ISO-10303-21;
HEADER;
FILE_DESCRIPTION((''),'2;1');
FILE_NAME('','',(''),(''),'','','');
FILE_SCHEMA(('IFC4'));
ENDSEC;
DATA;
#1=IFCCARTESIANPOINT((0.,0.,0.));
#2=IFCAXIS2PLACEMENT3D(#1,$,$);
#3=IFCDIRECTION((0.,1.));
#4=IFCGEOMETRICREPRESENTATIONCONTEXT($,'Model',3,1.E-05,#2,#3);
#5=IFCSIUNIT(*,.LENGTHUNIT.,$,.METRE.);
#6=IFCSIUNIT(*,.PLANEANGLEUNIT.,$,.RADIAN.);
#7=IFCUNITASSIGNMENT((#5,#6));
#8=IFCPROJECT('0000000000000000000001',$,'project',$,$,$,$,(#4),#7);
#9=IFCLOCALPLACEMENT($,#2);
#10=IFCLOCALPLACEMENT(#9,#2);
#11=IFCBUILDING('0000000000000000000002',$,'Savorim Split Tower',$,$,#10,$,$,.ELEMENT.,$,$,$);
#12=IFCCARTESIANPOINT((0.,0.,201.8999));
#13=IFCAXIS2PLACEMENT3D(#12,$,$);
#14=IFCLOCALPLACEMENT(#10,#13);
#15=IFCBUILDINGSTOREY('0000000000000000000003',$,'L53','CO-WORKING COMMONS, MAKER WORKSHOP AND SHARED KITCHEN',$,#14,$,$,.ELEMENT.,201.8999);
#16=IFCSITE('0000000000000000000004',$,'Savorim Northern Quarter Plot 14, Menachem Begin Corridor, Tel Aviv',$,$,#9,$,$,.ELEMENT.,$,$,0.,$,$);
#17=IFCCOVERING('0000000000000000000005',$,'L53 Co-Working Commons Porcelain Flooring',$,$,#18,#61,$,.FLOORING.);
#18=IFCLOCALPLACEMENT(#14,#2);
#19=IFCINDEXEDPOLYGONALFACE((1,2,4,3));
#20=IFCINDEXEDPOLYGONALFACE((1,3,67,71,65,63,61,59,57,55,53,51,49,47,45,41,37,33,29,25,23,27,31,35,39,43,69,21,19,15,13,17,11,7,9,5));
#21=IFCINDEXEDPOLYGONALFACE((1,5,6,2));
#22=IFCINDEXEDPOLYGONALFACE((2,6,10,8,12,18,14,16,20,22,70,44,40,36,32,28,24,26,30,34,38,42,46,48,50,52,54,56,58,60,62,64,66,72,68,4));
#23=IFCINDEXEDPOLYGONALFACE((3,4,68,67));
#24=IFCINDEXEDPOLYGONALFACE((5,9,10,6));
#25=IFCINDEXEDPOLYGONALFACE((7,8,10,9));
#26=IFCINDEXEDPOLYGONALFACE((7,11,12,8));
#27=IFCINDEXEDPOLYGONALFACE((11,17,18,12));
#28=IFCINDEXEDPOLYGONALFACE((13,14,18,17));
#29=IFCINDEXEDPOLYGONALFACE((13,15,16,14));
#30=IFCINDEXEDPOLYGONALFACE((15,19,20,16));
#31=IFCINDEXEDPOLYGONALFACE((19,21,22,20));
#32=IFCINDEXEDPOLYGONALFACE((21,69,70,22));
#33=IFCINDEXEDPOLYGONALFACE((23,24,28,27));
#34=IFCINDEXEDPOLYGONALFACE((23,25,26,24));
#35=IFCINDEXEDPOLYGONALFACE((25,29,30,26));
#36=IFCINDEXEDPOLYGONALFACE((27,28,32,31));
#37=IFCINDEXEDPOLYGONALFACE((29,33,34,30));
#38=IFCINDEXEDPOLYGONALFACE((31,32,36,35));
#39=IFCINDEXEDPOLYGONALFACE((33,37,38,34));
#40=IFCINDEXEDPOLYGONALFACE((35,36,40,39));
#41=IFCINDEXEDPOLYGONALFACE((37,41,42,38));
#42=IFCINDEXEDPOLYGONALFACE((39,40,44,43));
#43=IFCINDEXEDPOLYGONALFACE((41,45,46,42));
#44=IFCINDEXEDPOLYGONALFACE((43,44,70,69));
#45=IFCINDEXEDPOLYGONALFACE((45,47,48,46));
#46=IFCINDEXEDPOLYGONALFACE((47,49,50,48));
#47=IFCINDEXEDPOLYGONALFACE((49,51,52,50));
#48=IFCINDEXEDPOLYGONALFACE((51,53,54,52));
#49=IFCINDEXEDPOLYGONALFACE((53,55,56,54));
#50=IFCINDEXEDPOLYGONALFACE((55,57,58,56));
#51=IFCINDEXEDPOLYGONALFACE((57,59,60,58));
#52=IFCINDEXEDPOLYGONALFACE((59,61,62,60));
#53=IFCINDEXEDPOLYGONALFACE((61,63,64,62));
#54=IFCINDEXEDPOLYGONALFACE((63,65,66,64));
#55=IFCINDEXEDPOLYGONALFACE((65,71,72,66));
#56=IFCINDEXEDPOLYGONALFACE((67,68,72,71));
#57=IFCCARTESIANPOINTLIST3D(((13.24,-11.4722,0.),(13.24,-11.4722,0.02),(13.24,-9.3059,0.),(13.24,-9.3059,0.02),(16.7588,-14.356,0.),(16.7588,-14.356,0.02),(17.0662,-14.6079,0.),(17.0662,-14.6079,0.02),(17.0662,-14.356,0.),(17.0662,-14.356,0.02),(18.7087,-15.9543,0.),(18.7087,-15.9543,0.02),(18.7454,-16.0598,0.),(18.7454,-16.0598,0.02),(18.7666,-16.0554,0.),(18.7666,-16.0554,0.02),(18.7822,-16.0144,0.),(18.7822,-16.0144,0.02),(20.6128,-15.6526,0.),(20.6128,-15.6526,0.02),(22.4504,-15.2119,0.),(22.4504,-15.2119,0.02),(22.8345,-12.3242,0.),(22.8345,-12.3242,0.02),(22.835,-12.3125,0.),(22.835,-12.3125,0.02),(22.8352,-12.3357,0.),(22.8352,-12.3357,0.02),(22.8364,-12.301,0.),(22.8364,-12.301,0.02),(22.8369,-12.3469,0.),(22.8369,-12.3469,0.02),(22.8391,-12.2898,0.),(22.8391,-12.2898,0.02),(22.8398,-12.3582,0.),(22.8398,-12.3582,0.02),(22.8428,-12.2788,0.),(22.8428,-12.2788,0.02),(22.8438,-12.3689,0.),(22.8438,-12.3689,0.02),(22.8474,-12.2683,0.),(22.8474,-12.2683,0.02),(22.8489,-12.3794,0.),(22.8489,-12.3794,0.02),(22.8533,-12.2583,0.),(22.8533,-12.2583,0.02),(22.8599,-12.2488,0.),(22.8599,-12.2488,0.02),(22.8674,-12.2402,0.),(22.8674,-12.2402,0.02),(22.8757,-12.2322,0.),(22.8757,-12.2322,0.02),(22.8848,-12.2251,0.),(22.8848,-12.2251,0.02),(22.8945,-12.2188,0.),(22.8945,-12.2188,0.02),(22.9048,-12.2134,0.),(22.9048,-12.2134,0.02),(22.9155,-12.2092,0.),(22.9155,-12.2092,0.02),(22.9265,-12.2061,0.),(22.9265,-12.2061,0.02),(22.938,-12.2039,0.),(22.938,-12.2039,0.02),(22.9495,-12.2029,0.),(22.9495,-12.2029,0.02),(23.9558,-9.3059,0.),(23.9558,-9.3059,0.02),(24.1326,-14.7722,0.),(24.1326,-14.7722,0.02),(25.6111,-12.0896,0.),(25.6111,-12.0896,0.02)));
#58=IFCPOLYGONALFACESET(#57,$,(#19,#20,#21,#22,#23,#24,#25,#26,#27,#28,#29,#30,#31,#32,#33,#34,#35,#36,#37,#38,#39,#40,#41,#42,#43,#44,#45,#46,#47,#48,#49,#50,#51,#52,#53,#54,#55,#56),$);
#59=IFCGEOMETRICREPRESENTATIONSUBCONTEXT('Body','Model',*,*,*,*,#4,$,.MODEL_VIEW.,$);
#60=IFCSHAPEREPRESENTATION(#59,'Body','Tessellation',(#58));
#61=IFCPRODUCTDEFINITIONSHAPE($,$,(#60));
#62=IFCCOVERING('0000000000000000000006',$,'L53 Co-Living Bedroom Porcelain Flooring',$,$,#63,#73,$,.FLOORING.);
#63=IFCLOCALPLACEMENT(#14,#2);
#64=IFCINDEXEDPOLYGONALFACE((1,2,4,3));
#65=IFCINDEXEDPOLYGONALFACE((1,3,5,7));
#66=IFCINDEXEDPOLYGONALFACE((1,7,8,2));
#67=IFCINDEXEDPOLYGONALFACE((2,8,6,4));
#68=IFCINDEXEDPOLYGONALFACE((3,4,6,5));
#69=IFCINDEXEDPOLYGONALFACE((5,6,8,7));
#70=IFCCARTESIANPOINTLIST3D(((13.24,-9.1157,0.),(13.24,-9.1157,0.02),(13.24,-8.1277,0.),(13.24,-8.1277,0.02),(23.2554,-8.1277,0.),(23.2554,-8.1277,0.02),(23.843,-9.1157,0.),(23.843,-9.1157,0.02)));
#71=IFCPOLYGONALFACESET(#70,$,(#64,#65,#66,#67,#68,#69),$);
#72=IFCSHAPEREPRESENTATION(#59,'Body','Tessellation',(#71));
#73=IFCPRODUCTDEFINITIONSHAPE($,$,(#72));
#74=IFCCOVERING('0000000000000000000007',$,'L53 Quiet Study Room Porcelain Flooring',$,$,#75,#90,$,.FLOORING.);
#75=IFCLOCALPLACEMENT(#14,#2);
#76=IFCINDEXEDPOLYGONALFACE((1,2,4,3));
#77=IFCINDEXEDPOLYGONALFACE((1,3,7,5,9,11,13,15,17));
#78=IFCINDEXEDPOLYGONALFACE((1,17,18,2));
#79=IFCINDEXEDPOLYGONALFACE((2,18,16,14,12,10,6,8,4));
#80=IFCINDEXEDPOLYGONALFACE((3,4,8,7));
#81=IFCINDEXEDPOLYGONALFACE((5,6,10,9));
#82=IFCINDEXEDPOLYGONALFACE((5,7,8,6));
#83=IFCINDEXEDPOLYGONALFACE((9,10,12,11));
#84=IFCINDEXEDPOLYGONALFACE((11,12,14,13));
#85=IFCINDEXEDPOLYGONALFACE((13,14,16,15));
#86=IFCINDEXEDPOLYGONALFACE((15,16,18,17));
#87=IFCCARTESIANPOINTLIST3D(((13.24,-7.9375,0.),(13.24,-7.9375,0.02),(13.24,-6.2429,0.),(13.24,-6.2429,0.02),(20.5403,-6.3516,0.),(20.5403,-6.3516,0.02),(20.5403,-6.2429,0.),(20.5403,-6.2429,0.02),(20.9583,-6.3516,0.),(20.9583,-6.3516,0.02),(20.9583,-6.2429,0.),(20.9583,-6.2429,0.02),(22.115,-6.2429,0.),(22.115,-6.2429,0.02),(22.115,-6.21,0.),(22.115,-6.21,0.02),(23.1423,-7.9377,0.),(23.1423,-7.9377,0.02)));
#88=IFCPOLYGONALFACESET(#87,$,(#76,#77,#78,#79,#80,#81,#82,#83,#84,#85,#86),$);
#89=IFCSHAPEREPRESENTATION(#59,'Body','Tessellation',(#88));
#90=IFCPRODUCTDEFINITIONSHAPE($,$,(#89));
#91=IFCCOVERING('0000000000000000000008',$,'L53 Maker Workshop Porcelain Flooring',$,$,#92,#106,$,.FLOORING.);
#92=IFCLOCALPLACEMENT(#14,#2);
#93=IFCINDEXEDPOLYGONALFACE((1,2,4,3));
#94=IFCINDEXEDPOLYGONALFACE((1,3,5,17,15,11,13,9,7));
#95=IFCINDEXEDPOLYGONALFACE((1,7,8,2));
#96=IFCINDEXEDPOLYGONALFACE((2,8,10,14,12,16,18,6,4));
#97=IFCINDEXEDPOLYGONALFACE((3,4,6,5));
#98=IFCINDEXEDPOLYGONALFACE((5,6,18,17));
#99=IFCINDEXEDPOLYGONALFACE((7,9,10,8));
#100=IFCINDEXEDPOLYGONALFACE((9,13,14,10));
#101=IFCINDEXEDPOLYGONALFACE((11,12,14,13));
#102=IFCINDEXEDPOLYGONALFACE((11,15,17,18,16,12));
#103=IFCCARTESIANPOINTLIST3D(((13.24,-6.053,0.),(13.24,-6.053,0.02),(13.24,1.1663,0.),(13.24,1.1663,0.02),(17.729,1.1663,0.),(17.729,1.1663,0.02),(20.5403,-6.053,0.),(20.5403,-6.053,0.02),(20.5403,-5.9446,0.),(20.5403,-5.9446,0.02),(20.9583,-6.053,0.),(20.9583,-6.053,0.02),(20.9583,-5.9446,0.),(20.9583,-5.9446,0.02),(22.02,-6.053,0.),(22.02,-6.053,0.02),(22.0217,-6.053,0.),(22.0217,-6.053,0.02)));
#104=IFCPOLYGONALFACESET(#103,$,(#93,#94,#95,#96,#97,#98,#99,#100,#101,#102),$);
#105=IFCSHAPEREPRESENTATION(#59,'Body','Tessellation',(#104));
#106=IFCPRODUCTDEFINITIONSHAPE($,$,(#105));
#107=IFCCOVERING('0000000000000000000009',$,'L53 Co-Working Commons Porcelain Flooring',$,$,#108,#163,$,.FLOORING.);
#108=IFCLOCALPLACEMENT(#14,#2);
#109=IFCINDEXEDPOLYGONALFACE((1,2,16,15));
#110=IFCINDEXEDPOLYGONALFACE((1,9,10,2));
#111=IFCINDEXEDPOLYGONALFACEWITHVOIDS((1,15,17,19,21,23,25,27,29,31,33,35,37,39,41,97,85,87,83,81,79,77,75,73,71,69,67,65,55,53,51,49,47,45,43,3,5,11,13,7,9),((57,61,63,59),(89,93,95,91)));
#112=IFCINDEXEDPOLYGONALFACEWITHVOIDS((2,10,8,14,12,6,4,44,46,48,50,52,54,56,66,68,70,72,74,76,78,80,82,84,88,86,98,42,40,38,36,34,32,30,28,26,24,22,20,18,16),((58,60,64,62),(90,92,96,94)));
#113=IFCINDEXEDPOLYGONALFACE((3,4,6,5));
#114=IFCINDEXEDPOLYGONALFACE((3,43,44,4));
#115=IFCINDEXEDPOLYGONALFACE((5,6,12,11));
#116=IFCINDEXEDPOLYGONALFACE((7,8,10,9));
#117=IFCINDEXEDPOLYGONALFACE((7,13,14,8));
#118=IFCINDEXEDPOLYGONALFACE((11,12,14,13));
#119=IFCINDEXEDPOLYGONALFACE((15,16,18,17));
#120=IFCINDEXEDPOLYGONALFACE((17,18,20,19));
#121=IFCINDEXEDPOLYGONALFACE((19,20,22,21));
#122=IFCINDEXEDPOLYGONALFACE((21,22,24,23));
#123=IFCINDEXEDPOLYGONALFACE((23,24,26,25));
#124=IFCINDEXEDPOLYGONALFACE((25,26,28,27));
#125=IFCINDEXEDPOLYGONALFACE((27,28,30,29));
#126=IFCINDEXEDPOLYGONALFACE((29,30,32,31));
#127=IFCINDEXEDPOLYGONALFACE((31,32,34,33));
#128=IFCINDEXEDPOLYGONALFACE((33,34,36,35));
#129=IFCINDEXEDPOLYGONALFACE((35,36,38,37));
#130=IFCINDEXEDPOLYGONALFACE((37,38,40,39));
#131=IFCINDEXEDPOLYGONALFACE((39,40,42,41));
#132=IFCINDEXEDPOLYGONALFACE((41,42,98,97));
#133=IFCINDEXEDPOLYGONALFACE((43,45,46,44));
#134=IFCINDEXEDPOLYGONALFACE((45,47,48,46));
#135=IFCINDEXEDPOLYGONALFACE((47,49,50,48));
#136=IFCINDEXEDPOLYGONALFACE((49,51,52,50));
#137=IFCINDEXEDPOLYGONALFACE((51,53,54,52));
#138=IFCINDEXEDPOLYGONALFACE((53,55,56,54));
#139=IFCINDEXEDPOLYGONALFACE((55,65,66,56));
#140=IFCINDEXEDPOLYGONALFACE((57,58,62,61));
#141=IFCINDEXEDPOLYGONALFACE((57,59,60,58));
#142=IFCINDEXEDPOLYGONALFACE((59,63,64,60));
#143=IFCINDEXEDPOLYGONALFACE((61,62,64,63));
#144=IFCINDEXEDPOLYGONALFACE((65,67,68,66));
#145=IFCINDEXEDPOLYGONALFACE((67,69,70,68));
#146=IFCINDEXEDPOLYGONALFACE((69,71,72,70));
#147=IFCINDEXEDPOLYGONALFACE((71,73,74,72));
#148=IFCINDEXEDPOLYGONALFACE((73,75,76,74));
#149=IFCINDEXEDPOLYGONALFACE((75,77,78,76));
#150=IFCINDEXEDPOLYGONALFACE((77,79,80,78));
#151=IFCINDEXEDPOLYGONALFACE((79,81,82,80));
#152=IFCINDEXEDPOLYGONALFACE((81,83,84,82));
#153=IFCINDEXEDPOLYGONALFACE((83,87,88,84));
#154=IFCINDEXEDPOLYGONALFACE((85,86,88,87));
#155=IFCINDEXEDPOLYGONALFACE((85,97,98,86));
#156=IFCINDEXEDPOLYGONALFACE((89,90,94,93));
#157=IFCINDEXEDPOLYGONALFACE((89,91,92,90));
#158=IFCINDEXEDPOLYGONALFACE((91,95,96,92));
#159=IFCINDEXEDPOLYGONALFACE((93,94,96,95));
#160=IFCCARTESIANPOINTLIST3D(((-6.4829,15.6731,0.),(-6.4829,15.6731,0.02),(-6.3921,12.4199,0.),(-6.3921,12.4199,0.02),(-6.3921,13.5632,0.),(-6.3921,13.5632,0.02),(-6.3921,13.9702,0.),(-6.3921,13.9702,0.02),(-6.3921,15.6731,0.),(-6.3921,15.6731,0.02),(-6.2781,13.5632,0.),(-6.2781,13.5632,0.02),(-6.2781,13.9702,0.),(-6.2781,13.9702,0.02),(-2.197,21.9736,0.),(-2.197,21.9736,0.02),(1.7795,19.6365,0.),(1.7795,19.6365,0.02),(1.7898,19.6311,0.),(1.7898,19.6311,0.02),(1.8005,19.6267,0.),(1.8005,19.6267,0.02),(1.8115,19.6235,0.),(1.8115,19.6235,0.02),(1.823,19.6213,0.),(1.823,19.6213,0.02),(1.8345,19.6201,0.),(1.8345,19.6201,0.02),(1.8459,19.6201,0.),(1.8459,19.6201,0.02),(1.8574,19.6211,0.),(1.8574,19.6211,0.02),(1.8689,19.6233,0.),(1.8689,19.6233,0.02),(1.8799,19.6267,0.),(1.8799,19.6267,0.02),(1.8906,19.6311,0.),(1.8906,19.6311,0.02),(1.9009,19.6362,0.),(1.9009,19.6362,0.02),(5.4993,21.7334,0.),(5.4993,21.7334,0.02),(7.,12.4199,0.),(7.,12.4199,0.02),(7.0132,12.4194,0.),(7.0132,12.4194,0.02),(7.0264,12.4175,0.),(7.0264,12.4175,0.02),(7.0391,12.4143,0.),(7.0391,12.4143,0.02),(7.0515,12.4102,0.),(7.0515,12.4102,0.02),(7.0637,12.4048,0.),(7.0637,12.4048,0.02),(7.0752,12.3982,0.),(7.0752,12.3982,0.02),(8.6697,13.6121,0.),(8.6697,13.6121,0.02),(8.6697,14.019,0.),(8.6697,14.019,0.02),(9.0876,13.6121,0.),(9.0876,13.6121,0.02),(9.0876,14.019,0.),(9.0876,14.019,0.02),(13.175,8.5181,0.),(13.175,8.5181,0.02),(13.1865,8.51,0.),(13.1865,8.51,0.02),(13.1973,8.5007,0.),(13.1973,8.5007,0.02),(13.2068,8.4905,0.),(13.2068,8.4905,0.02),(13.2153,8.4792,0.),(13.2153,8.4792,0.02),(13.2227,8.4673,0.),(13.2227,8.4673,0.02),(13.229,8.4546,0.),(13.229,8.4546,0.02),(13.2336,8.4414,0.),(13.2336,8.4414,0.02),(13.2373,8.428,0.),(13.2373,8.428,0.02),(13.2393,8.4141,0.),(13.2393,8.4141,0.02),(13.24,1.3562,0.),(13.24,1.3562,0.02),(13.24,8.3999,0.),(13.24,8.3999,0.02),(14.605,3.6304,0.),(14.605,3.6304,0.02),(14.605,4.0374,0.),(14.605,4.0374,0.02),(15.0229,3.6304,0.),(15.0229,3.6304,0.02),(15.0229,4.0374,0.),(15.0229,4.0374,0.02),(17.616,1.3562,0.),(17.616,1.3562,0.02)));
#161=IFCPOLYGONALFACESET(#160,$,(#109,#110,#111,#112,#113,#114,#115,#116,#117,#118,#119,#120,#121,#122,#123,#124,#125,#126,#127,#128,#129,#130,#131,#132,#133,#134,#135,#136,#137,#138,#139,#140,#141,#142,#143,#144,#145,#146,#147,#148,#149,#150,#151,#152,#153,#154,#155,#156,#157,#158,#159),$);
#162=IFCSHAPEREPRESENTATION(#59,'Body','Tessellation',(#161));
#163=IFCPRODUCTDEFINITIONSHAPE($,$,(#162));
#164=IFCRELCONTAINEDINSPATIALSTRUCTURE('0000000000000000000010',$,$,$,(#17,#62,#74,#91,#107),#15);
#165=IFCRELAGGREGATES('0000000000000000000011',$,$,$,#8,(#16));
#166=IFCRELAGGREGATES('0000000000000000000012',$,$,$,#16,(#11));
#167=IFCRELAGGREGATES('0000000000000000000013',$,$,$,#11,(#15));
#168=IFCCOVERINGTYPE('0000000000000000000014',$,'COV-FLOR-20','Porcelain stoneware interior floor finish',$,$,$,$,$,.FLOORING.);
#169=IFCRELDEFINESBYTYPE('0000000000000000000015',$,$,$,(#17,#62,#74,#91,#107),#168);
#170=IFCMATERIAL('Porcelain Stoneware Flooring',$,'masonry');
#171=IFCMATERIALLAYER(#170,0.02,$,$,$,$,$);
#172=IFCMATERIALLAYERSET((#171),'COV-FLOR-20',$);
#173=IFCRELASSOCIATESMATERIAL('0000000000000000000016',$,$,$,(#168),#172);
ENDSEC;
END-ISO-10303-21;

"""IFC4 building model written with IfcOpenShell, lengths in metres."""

from ifc_helpers import new_model, si_unit, direction, frame, origin, place, context, subcontext, project, spatial, polyline, outline, extrude, material, layer, layer_set, type_object, element, save


model = new_model("IFC4")

# Units and contexts
model_context = context("Model", 3, precision=1e-05, world=origin(), true_north=direction((0.0, 1.0)))
body_context = subcontext(model_context, "Body", "Model", "MODEL_VIEW")
ifc_project = project(units=[si_unit("LENGTHUNIT", "METRE"), si_unit("PLANEANGLEUNIT", "RADIAN")], contexts=[model_context])

# Site, building, storey
site_placement = place(None, origin())
site = spatial("IfcSite", under=ifc_project, at=site_placement, Name="Savorim Northern Quarter Plot 14, Menachem Begin Corridor, Tel Aviv", CompositionType="ELEMENT", RefElevation=0.0)
building_placement = place(site_placement, origin())
building = spatial("IfcBuilding", under=site, at=building_placement, Name="Savorim Split Tower", CompositionType="ELEMENT")
storey_placement = place(building_placement, frame((0.0, 0.0, 201.8999)))
storey = spatial("IfcBuildingStorey", under=building, at=storey_placement, Name="L53", Description="CO-WORKING COMMONS, MAKER WORKSHOP AND SHARED KITCHEN", CompositionType="ELEMENT", Elevation=201.8999)

# Coverings
ifc_material_1 = material(Name="Porcelain Stoneware Flooring", Category="masonry")
ifc_layer_1 = layer(ifc_material_1, 0.02)
ifc_layer_set_1 = layer_set([ifc_layer_1], Name="COV-FLOR-20")
covering_type_1 = type_object("IfcCoveringType", Name="COV-FLOR-20", Description="Porcelain stoneware interior floor finish", PredefinedType="FLOORING", material=ifc_layer_set_1)
covering_1_placement = place(storey_placement, origin())
element("IfcCovering", 1, at=covering_1_placement, inside=storey, type_object=covering_type_1, Name="L53 Co-Working Commons Porcelain Flooring", PredefinedType="FLOORING", context=body_context, shape_type="SweptSolid", body=[
    extrude(outline(polyline([(22.9265, -12.2061), (22.938, -12.2039), (22.9495, -12.2029), (25.6111, -12.0896), (23.9558, -9.3059), (13.24, -9.3059), (13.24, -11.4722), (16.7588, -14.356), (17.0662, -14.356), (17.0662, -14.6079), (18.7087, -15.9543), (18.7822, -16.0144), (18.7454, -16.0598), (18.7666, -16.0554), (20.6128, -15.6526), (22.4504, -15.2119), (24.1326, -14.7722), (22.8489, -12.3794), (22.8438, -12.3689), (22.8398, -12.3582), (22.8369, -12.3469), (22.8352, -12.3357), (22.8345, -12.3242), (22.835, -12.3125), (22.8364, -12.301), (22.8391, -12.2898), (22.8428, -12.2788), (22.8474, -12.2683), (22.8533, -12.2583), (22.8599, -12.2488), (22.8674, -12.2402), (22.8757, -12.2322), (22.8848, -12.2251), (22.8945, -12.2188), (22.9048, -12.2134), (22.9155, -12.2092), (22.9265, -12.2061)])), origin(), (0.0, 0.0, 1.0), 0.02),
])
covering_2_placement = place(storey_placement, origin())
element("IfcCovering", 2, at=covering_2_placement, inside=storey, type_object=covering_type_1, Name="L53 Co-Living Bedroom Porcelain Flooring", PredefinedType="FLOORING", context=body_context, shape_type="SweptSolid", body=[
    extrude(outline(polyline([(23.843, -9.1157), (23.2554, -8.1277), (13.24, -8.1277), (13.24, -9.1157), (23.843, -9.1157)])), origin(), (0.0, 0.0, 1.0), 0.02),
])
covering_3_placement = place(storey_placement, origin())
element("IfcCovering", 3, at=covering_3_placement, inside=storey, type_object=covering_type_1, Name="L53 Quiet Study Room Porcelain Flooring", PredefinedType="FLOORING", context=body_context, shape_type="SweptSolid", body=[
    extrude(outline(polyline([(20.5403, -6.3516), (20.5403, -6.2429), (13.24, -6.2429), (13.24, -7.9375), (23.1423, -7.9377), (22.115, -6.21), (22.115, -6.2429), (20.9583, -6.2429), (20.9583, -6.3516), (20.5403, -6.3516)])), origin(), (0.0, 0.0, 1.0), 0.02),
])
covering_4_placement = place(storey_placement, origin())
element("IfcCovering", 4, at=covering_4_placement, inside=storey, type_object=covering_type_1, Name="L53 Maker Workshop Porcelain Flooring", PredefinedType="FLOORING", context=body_context, shape_type="SweptSolid", body=[
    extrude(outline(polyline([(20.9583, -6.053), (22.02, -6.053), (22.0217, -6.053), (17.729, 1.1663), (13.24, 1.1663), (13.24, -6.053), (20.5403, -6.053), (20.5403, -5.9446), (20.9583, -5.9446), (20.9583, -6.053)])), origin(), (0.0, 0.0, 1.0), 0.02),
])
covering_5_placement = place(storey_placement, origin())
element("IfcCovering", 5, at=covering_5_placement, inside=storey, type_object=covering_type_1, Name="L53 Co-Working Commons Porcelain Flooring", PredefinedType="FLOORING", context=body_context, shape_type="SweptSolid", body=[
    extrude(outline(polyline([(1.8005, 19.6267), (1.7898, 19.6311), (1.7795, 19.6365), (-2.197, 21.9736), (-6.4829, 15.6731), (-6.3921, 15.6731), (-6.3921, 13.9702), (-6.2781, 13.9702), (-6.2781, 13.5632), (-6.3921, 13.5632), (-6.3921, 12.4199), (7.0, 12.4199), (7.0132, 12.4194), (7.0264, 12.4175), (7.0391, 12.4143), (7.0515, 12.4102), (7.0637, 12.4048), (7.0752, 12.3982), (13.175, 8.5181), (13.1865, 8.51), (13.1973, 8.5007), (13.2068, 8.4905), (13.2153, 8.4792), (13.2227, 8.4673), (13.229, 8.4546), (13.2336, 8.4414), (13.2373, 8.428), (13.2393, 8.4141), (13.24, 8.3999), (13.24, 1.3562), (17.616, 1.3562), (5.4993, 21.7334), (1.9009, 19.6362), (1.8906, 19.6311), (1.8799, 19.6267), (1.8689, 19.6233), (1.8574, 19.6211), (1.8459, 19.6201), (1.8345, 19.6201), (1.823, 19.6213), (1.8115, 19.6235), (1.8005, 19.6267)]), holes=[polyline([(15.0229, 3.6304), (15.0229, 4.0374), (14.605, 4.0374), (14.605, 3.6304), (15.0229, 3.6304)]), polyline([(9.0876, 14.019), (8.6697, 14.019), (8.6697, 13.6121), (9.0876, 13.6121), (9.0876, 14.019)])]), origin(), (0.0, 0.0, 1.0), 0.02),
])

save(model, "model.ifc")
